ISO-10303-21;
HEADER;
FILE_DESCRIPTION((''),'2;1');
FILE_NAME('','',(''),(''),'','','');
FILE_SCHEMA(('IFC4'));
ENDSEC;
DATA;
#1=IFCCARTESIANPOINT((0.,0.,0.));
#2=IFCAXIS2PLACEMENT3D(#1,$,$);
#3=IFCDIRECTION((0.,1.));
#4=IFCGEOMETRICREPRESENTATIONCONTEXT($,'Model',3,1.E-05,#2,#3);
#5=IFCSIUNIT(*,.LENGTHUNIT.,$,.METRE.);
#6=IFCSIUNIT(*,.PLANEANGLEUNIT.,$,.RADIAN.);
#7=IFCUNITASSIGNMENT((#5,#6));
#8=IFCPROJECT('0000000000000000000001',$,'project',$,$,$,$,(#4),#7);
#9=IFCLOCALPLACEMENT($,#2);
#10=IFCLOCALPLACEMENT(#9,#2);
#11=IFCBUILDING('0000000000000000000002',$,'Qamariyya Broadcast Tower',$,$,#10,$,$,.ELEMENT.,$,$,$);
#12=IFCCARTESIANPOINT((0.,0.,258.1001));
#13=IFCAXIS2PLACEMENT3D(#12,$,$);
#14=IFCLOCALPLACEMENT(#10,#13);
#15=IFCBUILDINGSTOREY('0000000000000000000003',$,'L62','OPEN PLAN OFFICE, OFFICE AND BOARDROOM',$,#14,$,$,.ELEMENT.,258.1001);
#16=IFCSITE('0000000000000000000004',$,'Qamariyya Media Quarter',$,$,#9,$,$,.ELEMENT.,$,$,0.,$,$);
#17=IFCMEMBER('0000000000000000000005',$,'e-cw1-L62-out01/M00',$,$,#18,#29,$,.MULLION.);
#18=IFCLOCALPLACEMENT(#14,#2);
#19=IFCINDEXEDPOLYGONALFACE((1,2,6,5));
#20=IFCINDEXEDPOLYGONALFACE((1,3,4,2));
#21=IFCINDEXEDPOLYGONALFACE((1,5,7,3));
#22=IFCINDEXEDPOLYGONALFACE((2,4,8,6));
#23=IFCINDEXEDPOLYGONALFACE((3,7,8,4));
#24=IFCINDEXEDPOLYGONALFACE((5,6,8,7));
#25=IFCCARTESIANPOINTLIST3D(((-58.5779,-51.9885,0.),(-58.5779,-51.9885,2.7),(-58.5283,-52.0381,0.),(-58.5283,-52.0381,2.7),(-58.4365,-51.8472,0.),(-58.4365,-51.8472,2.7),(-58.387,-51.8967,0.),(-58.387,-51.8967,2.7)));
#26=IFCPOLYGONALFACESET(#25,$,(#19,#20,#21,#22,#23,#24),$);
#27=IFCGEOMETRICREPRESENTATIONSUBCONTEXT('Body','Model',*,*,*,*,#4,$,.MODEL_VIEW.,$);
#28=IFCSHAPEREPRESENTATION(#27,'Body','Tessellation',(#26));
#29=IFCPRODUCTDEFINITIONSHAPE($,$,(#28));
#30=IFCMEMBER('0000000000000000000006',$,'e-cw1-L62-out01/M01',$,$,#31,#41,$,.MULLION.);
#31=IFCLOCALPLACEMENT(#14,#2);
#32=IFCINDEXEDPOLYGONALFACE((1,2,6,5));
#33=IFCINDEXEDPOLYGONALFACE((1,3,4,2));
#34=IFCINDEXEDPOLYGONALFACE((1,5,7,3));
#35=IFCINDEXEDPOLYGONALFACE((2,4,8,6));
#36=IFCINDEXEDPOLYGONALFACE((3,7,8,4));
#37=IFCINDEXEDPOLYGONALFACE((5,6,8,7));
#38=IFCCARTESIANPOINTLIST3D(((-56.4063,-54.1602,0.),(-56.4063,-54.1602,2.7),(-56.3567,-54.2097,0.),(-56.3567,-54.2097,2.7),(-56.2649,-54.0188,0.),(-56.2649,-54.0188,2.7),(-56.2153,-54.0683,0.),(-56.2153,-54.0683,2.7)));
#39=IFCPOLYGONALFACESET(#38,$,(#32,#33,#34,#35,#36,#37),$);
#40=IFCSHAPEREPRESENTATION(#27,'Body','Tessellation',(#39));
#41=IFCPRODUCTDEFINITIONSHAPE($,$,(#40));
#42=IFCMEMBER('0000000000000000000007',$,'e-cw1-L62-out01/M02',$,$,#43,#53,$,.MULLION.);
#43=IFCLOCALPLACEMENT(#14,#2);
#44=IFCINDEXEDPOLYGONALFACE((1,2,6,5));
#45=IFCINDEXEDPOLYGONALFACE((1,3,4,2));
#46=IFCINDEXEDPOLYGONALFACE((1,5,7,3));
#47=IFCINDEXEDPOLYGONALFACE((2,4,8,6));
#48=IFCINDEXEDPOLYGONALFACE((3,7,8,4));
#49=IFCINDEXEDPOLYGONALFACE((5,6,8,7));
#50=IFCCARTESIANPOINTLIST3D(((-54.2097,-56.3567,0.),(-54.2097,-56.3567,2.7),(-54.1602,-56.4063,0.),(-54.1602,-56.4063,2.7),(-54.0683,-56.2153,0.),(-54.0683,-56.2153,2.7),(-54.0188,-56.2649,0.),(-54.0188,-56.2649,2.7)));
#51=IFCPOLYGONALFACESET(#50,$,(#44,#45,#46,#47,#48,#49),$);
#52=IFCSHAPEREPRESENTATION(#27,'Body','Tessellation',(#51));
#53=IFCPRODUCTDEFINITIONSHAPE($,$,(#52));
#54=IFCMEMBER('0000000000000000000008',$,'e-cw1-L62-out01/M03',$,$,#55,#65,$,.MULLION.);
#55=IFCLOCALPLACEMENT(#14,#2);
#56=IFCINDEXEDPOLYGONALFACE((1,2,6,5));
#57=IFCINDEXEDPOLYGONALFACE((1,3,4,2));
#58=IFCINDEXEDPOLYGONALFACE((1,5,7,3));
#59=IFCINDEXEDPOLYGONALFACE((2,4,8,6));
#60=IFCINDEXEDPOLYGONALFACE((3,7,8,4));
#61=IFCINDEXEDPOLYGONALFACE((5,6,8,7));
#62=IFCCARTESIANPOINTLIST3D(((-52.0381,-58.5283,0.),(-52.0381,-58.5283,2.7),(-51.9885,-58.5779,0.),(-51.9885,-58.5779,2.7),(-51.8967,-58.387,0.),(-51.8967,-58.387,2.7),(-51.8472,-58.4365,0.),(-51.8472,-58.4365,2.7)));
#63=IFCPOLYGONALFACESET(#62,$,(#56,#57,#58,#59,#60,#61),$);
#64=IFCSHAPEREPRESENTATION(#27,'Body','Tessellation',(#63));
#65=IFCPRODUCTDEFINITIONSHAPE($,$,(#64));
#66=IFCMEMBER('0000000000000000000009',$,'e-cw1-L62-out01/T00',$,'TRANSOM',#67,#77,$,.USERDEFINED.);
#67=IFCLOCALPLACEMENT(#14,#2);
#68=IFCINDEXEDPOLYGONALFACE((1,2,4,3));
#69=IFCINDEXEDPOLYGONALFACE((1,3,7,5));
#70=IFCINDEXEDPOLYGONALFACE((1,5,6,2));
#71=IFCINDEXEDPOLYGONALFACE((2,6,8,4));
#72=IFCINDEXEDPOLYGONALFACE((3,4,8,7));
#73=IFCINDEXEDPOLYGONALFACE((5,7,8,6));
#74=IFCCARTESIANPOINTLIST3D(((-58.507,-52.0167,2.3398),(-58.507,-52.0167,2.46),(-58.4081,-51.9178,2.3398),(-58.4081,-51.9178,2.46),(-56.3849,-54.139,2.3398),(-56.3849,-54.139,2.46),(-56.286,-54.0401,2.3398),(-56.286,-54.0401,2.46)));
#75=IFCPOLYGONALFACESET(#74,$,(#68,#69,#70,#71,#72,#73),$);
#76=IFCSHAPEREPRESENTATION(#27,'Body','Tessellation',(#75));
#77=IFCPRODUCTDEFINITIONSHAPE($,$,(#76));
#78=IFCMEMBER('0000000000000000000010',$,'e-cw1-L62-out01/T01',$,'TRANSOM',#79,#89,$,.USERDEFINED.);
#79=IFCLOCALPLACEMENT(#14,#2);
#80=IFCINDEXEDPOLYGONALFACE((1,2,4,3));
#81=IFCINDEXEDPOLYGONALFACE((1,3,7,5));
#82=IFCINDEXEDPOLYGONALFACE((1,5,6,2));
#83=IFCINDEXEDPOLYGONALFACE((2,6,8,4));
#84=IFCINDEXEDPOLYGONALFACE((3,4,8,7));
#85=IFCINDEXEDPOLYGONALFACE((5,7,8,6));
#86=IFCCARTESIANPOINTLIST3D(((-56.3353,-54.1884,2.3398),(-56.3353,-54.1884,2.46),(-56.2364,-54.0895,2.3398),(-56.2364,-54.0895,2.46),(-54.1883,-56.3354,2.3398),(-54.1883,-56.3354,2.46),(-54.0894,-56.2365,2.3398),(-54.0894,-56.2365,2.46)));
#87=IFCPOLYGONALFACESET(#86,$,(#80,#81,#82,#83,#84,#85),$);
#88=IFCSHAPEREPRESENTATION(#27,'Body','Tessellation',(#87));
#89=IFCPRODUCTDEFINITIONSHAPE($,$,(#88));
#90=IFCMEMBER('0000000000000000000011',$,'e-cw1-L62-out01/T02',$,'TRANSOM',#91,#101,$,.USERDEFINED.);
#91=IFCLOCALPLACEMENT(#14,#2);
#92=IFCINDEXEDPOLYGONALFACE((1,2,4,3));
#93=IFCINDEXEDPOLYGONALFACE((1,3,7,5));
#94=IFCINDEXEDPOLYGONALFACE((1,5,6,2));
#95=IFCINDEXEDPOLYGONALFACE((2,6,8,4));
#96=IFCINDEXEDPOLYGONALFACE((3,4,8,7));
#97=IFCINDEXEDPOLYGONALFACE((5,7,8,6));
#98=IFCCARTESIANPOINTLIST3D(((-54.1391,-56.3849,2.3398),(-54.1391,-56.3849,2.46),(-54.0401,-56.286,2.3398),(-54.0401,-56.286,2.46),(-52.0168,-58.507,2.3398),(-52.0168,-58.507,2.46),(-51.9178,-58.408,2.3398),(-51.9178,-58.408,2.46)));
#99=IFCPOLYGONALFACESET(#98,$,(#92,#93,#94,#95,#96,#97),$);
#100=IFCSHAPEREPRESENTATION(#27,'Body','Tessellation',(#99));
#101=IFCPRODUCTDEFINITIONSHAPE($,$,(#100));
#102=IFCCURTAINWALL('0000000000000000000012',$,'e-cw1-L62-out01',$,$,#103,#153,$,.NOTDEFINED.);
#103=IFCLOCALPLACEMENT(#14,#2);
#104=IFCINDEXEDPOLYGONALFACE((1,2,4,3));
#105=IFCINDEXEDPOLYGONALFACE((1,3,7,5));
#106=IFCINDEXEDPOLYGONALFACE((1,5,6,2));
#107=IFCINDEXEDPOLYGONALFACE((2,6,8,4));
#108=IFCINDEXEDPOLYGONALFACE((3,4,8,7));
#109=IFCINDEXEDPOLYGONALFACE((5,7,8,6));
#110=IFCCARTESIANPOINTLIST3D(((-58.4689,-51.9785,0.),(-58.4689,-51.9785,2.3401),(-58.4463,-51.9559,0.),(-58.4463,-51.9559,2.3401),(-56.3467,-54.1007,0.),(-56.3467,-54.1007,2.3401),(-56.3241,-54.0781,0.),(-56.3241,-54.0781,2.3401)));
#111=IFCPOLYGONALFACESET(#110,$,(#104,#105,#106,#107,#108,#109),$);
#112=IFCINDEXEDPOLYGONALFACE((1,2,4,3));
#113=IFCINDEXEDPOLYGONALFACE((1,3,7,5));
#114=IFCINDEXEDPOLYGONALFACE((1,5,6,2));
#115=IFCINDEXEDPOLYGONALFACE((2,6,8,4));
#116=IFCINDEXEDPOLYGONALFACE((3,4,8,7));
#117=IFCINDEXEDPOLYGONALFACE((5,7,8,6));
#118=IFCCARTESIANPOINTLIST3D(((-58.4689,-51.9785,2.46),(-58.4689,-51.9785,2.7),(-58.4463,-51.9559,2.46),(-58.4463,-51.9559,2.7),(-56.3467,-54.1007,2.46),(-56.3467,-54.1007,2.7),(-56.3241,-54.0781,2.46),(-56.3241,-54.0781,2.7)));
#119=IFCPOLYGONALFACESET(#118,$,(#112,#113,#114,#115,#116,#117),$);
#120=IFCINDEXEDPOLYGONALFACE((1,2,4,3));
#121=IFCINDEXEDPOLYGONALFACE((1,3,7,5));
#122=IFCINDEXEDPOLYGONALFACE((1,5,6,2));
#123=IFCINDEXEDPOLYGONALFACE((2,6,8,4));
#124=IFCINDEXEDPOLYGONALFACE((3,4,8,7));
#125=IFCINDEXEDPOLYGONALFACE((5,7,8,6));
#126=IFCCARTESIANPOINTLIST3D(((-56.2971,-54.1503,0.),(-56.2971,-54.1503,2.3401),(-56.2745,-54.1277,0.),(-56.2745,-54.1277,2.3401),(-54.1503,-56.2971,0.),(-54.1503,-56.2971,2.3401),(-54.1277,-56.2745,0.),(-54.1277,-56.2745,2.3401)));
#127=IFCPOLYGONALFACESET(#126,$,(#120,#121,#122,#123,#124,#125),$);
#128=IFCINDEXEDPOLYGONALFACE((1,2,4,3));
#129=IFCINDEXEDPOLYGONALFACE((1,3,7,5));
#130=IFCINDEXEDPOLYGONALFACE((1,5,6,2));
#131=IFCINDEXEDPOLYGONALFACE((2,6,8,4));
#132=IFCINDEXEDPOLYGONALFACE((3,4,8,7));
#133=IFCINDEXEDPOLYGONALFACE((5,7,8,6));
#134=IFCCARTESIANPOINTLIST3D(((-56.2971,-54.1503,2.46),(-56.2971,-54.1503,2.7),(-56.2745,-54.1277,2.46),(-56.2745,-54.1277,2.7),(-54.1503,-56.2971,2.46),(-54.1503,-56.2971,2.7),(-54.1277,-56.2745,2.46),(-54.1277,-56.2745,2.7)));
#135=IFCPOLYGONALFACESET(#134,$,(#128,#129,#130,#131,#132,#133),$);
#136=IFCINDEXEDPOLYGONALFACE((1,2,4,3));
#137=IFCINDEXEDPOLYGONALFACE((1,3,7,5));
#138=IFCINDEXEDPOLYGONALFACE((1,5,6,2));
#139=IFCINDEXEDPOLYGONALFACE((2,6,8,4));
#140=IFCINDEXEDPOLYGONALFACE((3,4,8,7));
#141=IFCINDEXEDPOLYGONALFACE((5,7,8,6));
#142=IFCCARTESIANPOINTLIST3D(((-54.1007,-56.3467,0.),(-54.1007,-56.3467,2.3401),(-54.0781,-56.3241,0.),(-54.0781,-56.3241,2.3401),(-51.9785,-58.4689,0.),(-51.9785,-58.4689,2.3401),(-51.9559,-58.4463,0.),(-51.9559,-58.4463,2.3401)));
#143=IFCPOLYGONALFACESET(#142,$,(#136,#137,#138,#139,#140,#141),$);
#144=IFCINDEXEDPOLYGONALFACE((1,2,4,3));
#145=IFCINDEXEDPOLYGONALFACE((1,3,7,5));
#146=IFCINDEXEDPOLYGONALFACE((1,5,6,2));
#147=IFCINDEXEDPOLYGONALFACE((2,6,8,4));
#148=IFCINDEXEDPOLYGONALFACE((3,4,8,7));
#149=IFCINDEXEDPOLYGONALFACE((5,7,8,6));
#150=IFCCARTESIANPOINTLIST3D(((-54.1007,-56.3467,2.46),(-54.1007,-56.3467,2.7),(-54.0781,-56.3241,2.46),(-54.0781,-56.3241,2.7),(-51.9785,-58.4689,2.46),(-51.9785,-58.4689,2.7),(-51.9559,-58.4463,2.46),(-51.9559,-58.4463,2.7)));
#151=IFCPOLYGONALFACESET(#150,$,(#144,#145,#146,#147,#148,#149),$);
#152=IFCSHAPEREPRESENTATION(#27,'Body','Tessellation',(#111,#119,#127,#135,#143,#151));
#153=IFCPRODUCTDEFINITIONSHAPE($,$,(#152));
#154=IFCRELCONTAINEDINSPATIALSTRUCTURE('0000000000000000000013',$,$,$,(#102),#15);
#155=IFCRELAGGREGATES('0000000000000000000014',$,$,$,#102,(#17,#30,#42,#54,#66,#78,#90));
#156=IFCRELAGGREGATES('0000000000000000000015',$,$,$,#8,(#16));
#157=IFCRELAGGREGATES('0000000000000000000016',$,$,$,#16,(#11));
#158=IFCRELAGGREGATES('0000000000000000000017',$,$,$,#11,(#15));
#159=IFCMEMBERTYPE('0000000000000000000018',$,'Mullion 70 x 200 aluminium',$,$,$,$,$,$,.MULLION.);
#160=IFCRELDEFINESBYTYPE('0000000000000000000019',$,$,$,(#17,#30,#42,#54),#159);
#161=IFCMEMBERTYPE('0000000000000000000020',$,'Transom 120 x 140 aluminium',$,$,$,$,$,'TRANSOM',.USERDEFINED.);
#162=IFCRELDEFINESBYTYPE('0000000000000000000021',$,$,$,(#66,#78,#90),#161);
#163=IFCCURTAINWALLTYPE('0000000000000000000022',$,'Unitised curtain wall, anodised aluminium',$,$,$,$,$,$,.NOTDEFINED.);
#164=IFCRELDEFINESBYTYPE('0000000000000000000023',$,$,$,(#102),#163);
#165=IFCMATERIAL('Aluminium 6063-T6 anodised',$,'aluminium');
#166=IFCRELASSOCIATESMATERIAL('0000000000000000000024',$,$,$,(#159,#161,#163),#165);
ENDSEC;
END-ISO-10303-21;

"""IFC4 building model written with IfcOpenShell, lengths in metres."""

from ifc_helpers import new_model, si_unit, direction, frame, origin, origin_2d, place, context, subcontext, project, spatial, rectangle, extrude, material, material_profile, profile_set, type_object, element, aggregate, save


model = new_model("IFC4")

# Units and contexts
model_context = context("Model", 3, precision=1e-05, world=origin(), true_north=direction((0.0, 1.0)))
body_context = subcontext(model_context, "Body", "Model", "MODEL_VIEW")
ifc_project = project(units=[si_unit("LENGTHUNIT", "METRE"), si_unit("PLANEANGLEUNIT", "RADIAN")], contexts=[model_context])

# Members
ifc_material_1 = material(Name="Aluminium 6063-T6 anodised", Category="aluminium")
ifc_material_profile_1 = material_profile(ifc_material_1, rectangle(XDim=0.2, YDim=0.0701, at=origin_2d()))
ifc_profile_set_1 = profile_set([ifc_material_profile_1], Name="Aluminium 6063-T6 anodised")
member_type_1 = type_object("IfcMemberType", Name="Mullion 70 x 200 aluminium", PredefinedType="MULLION", material=ifc_profile_set_1)
site_placement = place(None, origin())
building_placement = place(site_placement, origin())
storey_placement = place(building_placement, frame((0.0, 0.0, 258.1001)))
member_1_placement = place(storey_placement, frame((-58.4824, -51.9426, 0.0), z_axis=(0.0, 0.0, 1.0), x_axis=(0.707107, 0.707107, 0.0)))
member_1 = element("IfcMember", 1, at=member_1_placement, type_object=member_type_1, Name="e-cw1-L62-out01/M00", PredefinedType="MULLION", context=body_context, shape_type="SweptSolid", body=[
    extrude(rectangle(XDim=0.2, YDim=0.0701, at=origin_2d()), origin(), (0.0, 0.0, 1.0), 2.7),
])
member_2_placement = place(storey_placement, frame((-56.3108, -54.1143, 0.0), z_axis=(0.0, 0.0, 1.0), x_axis=(0.707107, 0.707107, 0.0)))
member_2 = element("IfcMember", 2, at=member_2_placement, type_object=member_type_1, Name="e-cw1-L62-out01/M01", PredefinedType="MULLION", context=body_context, shape_type="SweptSolid", body=[
    extrude(rectangle(XDim=0.2, YDim=0.0701, at=origin_2d()), origin(), (0.0, 0.0, 1.0), 2.7),
])
member_3_placement = place(storey_placement, frame((-54.1143, -56.3108, 0.0), z_axis=(0.0, 0.0, 1.0), x_axis=(0.707107, 0.707107, 0.0)))
member_3 = element("IfcMember", 3, at=member_3_placement, type_object=member_type_1, Name="e-cw1-L62-out01/M02", PredefinedType="MULLION", context=body_context, shape_type="SweptSolid", body=[
    extrude(rectangle(XDim=0.2, YDim=0.0701, at=origin_2d()), origin(), (0.0, 0.0, 1.0), 2.7),
])
member_4_placement = place(storey_placement, frame((-51.9426, -58.4824, 0.0), z_axis=(0.0, 0.0, 1.0), x_axis=(0.707107, 0.707107, 0.0)))
member_4 = element("IfcMember", 4, at=member_4_placement, type_object=member_type_1, Name="e-cw1-L62-out01/M03", PredefinedType="MULLION", context=body_context, shape_type="SweptSolid", body=[
    extrude(rectangle(XDim=0.2, YDim=0.0701, at=origin_2d()), origin(), (0.0, 0.0, 1.0), 2.7),
])
ifc_material_profile_2 = material_profile(ifc_material_1, rectangle(XDim=0.1399, YDim=0.1201, at=origin_2d()))
ifc_profile_set_2 = profile_set([ifc_material_profile_2], Name="Aluminium 6063-T6 anodised")
member_type_2 = type_object("IfcMemberType", Name="Transom 120 x 140 aluminium", ElementType="TRANSOM", PredefinedType="USERDEFINED", material=ifc_profile_set_2)
member_5_placement = place(storey_placement, frame((-58.4575, -51.9673, 2.3999), z_axis=(0.707066, -0.707147, 0.0), x_axis=(0.707147, 0.707066, 0.0)))
member_5 = element("IfcMember", 5, at=member_5_placement, type_object=member_type_2, Name="e-cw1-L62-out01/T00", ObjectType="TRANSOM", PredefinedType="USERDEFINED", context=body_context, shape_type="SweptSolid", body=[
    extrude(rectangle(XDim=0.1399, YDim=0.1201, at=origin_2d()), origin(), (0.0, 0.0, 1.0), 3.0012),
])
member_6_placement = place(storey_placement, frame((-56.2859, -54.1389, 2.3999), z_axis=(0.707107, -0.707107, 0.0), x_axis=(0.707107, 0.707107, 0.0)))
member_6 = element("IfcMember", 6, at=member_6_placement, type_object=member_type_2, Name="e-cw1-L62-out01/T01", ObjectType="TRANSOM", PredefinedType="USERDEFINED", context=body_context, shape_type="SweptSolid", body=[
    extrude(rectangle(XDim=0.1399, YDim=0.1201, at=origin_2d()), origin(), (0.0, 0.0, 1.0), 3.0364),
])
member_7_placement = place(storey_placement, frame((-54.0896, -56.3354, 2.3999), z_axis=(0.707147, -0.707066, 0.0), x_axis=(0.707066, 0.707147, 0.0)))
member_7 = element("IfcMember", 7, at=member_7_placement, type_object=member_type_2, Name="e-cw1-L62-out01/T02", ObjectType="TRANSOM", PredefinedType="USERDEFINED", context=body_context, shape_type="SweptSolid", body=[
    extrude(rectangle(XDim=0.1399, YDim=0.1201, at=origin_2d()), origin(), (0.0, 0.0, 1.0), 3.0012),
])

# Site, building, storey
site = spatial("IfcSite", under=ifc_project, at=site_placement, Name="Qamariyya Media Quarter", CompositionType="ELEMENT", RefElevation=0.0)
building = spatial("IfcBuilding", under=site, at=building_placement, Name="Qamariyya Broadcast Tower", CompositionType="ELEMENT")
storey = spatial("IfcBuildingStorey", under=building, at=storey_placement, Name="L62", Description="OPEN PLAN OFFICE, OFFICE AND BOARDROOM", CompositionType="ELEMENT", Elevation=258.1001)

# Curtain wall
curtain_wall_type = type_object("IfcCurtainWallType", Name="Unitised curtain wall, anodised aluminium", PredefinedType="NOTDEFINED", material=ifc_material_1)
curtain_wall_1_placement = place(storey_placement, origin())
curtain_wall_1 = element("IfcCurtainWall", 8, at=curtain_wall_1_placement, inside=storey, type_object=curtain_wall_type, Name="e-cw1-L62-out01", PredefinedType="NOTDEFINED", context=body_context, shape_type="SweptSolid", body=[
    extrude(rectangle(XDim=3.0012, YDim=0.032, at=origin_2d()), frame((-57.3965, -53.0283, 0.0), x_axis=(0.707107, -0.707107, 0.0)), (0.0, 0.0, 1.0), 2.3401),
    extrude(rectangle(XDim=3.0012, YDim=0.032, at=origin_2d()), frame((-57.3965, -53.0283, 2.46), x_axis=(0.707107, -0.707107, 0.0)), (0.0, 0.0, 1.0), 0.24),
    extrude(rectangle(XDim=3.0361, YDim=0.032, at=origin_2d()), frame((-55.2124, -55.2124, 0.0), x_axis=(0.707107, -0.707107, 0.0)), (0.0, 0.0, 1.0), 2.3401),
    extrude(rectangle(XDim=3.0361, YDim=0.032, at=origin_2d()), frame((-55.2124, -55.2124, 2.46), x_axis=(0.707107, -0.707107, 0.0)), (0.0, 0.0, 1.0), 0.24),
    extrude(rectangle(XDim=3.0012, YDim=0.032, at=origin_2d()), frame((-53.0283, -57.3965, 0.0), x_axis=(0.707107, -0.707107, 0.0)), (0.0, 0.0, 1.0), 2.3401),
    extrude(rectangle(XDim=3.0012, YDim=0.032, at=origin_2d()), frame((-53.0283, -57.3965, 2.46), x_axis=(0.707107, -0.707107, 0.0)), (0.0, 0.0, 1.0), 0.24),
])
aggregate(curtain_wall_1, [member_1, member_2, member_3, member_4, member_5, member_6, member_7])

save(model, "model.ifc")
